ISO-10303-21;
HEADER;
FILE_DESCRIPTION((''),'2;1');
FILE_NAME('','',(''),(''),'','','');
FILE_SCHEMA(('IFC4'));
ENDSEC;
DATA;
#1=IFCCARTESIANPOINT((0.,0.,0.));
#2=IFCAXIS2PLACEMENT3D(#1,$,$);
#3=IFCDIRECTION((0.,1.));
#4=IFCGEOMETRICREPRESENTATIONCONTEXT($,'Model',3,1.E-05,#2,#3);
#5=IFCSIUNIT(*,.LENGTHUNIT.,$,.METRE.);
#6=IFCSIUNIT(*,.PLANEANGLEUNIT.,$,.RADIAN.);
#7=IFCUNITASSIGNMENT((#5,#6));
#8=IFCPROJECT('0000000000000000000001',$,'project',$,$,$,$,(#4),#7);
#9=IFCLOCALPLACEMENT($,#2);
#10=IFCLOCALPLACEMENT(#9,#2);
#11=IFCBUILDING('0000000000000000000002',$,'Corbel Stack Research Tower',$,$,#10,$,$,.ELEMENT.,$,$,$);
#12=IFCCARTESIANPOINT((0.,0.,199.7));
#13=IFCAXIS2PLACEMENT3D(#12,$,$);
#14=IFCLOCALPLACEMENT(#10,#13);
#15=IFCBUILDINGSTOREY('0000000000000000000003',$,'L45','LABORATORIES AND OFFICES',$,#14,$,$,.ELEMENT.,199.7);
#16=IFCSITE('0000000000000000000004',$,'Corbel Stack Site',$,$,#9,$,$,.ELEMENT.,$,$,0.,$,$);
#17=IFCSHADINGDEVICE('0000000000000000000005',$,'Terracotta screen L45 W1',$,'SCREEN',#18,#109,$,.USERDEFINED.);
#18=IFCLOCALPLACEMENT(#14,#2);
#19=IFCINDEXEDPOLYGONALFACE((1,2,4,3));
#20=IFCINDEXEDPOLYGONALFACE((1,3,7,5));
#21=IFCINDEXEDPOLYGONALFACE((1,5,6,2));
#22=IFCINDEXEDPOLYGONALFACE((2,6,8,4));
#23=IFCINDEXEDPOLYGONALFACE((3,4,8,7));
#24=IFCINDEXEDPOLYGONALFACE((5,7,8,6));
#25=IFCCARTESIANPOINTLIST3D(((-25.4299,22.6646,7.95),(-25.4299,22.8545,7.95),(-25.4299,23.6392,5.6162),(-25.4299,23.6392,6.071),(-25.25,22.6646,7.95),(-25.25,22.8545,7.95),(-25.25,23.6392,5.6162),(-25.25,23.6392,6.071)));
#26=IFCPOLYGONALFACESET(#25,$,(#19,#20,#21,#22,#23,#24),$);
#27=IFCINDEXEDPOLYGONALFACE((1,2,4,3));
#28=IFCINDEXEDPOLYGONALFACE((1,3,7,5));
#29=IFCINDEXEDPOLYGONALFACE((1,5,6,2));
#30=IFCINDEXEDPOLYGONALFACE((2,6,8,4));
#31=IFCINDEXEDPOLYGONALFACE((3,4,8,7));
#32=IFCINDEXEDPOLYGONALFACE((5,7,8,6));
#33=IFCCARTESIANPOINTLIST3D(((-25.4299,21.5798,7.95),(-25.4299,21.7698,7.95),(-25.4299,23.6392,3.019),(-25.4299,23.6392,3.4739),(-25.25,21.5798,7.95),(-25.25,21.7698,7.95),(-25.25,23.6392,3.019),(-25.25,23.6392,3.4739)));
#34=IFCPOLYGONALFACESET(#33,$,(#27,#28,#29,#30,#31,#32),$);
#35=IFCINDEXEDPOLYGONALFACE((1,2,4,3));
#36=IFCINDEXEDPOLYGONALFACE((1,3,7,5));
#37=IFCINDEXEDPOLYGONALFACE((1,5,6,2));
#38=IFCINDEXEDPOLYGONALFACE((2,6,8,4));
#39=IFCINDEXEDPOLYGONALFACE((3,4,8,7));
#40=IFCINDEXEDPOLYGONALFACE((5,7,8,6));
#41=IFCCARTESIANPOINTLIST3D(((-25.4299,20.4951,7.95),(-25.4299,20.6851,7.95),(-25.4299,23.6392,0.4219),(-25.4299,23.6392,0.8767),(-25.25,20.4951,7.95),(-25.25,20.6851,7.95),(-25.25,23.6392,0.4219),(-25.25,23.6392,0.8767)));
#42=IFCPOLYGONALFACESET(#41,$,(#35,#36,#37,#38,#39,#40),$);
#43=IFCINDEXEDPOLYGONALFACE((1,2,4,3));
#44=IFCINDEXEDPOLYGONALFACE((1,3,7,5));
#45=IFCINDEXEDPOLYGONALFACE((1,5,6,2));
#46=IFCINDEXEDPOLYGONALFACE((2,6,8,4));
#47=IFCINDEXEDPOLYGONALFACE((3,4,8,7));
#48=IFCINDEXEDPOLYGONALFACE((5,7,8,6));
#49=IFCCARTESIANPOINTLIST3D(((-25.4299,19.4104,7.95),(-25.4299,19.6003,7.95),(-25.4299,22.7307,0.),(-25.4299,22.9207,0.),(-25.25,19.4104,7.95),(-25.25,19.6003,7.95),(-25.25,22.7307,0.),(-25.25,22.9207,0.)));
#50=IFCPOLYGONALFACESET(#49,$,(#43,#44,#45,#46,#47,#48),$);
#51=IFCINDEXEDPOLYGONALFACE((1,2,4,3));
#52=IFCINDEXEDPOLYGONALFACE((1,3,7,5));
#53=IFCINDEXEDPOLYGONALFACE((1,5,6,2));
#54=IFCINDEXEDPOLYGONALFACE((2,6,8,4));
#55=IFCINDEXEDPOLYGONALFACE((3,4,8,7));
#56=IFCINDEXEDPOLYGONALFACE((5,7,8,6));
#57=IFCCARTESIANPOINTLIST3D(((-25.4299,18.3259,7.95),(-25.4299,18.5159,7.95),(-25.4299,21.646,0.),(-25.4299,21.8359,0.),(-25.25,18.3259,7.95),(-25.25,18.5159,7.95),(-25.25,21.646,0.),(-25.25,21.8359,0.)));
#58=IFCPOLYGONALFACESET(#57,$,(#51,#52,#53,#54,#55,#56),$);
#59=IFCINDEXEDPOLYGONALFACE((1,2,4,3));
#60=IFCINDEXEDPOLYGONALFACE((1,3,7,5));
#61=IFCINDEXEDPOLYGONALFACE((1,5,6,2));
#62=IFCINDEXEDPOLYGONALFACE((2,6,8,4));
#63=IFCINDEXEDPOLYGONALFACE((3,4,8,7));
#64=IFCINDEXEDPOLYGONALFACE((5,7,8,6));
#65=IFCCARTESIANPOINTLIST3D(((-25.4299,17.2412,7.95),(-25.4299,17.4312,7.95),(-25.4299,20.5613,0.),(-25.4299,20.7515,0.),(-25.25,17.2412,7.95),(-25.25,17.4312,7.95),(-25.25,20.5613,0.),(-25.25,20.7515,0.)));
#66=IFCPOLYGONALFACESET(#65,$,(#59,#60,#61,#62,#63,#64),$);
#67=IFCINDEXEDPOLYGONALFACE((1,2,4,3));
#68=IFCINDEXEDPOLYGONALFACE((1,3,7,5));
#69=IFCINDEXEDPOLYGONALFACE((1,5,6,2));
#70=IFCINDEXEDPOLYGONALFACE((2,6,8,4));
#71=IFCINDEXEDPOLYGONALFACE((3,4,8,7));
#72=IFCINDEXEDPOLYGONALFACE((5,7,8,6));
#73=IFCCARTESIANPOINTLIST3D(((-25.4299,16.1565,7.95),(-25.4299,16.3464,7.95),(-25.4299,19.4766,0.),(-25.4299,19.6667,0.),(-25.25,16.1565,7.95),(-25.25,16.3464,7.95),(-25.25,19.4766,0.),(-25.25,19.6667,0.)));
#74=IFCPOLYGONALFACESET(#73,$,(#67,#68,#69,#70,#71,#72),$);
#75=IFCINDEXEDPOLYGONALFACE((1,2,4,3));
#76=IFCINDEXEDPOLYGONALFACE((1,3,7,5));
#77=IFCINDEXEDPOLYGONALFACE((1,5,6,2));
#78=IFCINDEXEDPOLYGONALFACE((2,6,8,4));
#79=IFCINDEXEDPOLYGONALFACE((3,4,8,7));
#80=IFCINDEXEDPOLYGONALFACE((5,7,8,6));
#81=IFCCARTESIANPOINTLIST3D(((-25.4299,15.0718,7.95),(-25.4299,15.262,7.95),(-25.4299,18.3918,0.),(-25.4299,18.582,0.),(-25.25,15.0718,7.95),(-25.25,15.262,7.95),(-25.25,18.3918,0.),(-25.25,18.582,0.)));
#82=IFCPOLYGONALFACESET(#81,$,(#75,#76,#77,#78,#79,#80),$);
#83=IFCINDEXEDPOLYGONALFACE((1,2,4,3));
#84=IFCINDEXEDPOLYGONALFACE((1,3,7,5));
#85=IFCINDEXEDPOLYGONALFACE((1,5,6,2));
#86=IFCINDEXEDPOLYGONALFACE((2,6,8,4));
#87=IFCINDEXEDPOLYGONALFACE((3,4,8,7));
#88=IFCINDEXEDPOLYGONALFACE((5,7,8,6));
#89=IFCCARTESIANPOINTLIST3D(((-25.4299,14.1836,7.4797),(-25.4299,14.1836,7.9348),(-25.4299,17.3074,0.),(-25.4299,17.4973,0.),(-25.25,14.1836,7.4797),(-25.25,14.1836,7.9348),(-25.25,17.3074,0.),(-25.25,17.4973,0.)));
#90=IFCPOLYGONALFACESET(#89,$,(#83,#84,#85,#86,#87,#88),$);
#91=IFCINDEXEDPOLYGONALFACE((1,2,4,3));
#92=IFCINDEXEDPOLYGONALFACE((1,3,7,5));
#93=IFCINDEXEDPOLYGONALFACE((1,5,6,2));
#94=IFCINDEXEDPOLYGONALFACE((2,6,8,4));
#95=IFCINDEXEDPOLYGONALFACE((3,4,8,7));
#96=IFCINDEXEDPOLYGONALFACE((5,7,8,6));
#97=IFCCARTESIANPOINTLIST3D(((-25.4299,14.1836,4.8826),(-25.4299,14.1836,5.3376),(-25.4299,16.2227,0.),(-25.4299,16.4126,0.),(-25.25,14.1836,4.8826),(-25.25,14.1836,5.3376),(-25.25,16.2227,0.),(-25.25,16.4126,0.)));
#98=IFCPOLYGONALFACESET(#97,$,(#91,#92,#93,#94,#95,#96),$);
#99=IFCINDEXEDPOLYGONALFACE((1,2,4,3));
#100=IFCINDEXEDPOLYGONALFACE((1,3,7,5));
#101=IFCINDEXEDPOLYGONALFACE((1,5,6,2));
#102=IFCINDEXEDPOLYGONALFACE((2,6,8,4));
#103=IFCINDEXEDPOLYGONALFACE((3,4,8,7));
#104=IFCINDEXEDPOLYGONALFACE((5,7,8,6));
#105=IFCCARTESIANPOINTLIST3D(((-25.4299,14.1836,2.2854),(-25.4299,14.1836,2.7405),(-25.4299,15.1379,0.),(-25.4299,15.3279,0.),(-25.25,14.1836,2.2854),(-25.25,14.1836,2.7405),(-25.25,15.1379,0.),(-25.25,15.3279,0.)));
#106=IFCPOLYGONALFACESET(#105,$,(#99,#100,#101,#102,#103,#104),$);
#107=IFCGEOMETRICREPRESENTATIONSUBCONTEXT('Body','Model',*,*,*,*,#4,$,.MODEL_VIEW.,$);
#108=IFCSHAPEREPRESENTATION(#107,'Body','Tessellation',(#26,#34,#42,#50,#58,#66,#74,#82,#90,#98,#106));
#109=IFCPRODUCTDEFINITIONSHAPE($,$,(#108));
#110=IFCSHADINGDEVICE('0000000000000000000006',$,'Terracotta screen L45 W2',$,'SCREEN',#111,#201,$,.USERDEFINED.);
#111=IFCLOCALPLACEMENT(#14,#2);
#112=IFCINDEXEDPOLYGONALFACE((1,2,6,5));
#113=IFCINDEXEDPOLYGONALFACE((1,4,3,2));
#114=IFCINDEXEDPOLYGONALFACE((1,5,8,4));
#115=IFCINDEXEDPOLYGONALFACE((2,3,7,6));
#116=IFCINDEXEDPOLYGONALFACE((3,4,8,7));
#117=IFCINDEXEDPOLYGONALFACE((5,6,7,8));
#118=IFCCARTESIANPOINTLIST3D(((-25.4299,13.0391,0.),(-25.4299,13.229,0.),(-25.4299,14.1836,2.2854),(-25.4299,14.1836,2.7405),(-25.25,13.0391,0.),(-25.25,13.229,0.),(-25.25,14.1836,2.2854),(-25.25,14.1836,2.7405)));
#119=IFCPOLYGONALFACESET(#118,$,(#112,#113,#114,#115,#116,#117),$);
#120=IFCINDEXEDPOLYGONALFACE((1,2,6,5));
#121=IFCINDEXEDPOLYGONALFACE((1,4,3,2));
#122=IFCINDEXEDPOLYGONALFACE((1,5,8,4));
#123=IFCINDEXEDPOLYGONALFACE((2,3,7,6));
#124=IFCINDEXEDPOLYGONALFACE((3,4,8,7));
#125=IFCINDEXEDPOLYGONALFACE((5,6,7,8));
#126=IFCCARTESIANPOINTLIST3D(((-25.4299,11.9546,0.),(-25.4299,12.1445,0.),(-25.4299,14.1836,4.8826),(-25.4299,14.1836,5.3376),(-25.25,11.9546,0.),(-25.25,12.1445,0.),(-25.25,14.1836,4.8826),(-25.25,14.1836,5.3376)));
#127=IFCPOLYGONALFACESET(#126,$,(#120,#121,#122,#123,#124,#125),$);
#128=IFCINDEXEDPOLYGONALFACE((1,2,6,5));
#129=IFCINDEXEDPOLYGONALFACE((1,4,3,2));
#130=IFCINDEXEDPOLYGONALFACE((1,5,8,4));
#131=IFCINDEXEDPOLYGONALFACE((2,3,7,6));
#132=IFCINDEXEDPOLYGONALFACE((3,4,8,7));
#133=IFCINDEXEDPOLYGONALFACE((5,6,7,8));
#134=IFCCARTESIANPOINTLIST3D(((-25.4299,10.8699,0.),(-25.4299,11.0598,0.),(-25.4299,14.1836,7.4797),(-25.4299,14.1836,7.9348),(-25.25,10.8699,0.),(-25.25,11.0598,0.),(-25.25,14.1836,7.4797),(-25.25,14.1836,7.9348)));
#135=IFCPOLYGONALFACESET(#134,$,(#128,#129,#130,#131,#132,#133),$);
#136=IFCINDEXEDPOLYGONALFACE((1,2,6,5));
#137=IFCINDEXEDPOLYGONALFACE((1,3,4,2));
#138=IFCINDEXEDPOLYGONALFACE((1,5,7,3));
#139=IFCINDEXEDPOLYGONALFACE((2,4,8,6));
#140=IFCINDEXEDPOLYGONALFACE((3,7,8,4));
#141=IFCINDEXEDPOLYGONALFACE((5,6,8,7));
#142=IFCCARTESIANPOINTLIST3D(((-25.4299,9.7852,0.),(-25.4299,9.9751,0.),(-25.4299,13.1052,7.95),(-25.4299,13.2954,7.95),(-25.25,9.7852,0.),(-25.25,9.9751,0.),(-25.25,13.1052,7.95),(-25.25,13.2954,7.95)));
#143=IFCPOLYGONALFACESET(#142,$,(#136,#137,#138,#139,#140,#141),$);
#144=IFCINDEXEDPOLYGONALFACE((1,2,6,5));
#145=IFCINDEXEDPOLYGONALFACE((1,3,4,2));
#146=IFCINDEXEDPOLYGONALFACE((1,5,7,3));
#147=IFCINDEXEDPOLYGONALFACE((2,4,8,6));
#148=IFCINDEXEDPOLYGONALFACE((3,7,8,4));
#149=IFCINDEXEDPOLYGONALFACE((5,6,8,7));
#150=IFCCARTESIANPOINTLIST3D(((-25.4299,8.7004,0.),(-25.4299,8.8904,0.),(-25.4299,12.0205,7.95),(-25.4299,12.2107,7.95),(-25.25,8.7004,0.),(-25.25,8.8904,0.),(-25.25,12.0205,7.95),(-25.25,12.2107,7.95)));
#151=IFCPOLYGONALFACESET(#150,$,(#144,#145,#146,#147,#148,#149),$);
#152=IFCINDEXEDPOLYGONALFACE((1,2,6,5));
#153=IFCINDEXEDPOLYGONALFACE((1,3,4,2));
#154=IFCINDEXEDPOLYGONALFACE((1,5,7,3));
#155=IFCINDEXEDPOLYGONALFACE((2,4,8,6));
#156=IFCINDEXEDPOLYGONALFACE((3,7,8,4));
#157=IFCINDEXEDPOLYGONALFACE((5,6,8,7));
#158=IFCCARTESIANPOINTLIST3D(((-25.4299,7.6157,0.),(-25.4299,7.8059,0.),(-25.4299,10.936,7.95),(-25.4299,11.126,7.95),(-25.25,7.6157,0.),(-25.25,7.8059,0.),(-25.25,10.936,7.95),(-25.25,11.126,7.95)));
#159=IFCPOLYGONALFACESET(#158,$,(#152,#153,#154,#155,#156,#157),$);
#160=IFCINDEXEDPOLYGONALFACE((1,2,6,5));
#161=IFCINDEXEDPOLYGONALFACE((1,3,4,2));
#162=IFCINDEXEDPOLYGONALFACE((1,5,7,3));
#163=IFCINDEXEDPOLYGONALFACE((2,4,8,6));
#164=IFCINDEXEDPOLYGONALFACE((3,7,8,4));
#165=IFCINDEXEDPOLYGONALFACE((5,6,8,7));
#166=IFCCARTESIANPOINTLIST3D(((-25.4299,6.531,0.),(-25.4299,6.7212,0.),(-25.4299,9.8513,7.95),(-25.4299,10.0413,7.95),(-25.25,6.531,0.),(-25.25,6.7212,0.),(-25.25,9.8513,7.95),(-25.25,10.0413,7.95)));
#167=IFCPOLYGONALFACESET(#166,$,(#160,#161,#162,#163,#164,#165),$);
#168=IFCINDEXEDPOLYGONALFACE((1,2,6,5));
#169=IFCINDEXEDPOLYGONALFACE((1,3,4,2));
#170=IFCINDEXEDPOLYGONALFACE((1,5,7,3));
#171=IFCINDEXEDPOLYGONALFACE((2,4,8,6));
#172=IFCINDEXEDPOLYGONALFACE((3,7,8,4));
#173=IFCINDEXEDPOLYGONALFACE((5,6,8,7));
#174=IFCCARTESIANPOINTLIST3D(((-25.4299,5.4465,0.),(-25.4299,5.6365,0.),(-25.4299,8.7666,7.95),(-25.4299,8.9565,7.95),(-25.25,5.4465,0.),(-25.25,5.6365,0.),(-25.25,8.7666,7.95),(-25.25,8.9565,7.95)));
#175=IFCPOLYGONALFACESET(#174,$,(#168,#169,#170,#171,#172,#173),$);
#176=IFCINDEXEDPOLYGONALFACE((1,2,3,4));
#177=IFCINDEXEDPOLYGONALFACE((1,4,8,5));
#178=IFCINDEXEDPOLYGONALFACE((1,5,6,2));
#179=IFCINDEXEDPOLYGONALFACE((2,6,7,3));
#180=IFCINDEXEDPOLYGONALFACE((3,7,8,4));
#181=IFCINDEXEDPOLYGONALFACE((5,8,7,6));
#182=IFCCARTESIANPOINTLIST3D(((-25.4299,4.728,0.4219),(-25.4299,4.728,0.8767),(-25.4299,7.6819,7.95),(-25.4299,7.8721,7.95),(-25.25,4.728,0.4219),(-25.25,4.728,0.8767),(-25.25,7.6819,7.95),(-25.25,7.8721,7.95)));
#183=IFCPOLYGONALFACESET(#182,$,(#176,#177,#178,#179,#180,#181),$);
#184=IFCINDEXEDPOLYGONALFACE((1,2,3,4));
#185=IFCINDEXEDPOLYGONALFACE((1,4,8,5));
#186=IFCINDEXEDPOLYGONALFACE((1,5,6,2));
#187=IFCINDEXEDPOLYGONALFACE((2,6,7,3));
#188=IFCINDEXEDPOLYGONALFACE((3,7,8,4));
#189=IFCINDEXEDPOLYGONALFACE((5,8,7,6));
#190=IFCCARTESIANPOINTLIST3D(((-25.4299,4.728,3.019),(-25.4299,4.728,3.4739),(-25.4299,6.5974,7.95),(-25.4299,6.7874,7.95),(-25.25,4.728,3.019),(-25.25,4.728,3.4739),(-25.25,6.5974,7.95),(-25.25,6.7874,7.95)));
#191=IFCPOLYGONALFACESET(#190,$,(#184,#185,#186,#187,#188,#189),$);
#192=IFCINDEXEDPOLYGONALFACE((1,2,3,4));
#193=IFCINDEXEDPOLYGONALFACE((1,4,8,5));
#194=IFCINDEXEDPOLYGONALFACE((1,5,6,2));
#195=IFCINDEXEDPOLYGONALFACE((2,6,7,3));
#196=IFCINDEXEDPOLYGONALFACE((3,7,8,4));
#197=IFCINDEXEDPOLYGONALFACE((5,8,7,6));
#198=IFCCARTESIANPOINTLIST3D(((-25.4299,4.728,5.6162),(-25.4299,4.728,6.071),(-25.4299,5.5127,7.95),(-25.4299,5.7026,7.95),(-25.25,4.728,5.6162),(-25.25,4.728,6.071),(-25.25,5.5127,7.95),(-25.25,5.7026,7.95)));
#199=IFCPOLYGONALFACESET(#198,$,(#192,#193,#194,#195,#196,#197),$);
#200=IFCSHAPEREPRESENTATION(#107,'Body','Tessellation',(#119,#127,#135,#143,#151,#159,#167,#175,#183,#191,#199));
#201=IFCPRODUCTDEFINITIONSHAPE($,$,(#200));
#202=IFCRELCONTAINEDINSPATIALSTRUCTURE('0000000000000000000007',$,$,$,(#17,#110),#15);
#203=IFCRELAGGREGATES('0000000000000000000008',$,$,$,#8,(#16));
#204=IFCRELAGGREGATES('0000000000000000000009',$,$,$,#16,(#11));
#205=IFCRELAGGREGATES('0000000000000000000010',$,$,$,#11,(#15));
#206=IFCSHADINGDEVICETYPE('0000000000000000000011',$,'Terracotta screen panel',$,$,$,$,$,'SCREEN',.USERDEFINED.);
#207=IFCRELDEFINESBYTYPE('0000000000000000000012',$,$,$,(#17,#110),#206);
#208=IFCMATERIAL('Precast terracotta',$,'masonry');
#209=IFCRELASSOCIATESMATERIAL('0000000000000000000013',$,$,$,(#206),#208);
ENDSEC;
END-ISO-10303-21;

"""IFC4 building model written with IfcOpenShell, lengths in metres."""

from ifc_helpers import new_model, si_unit, direction, frame, origin, place, context, subcontext, project, spatial, polyline, outline, extrude, source, transform, mapped, material, type_object, element, save


model = new_model("IFC4")

# Units and contexts
model_context = context("Model", 3, precision=1e-05, world=origin(), true_north=direction((0.0, 1.0)))
body_context = subcontext(model_context, "Body", "Model", "MODEL_VIEW")
ifc_project = project(units=[si_unit("LENGTHUNIT", "METRE"), si_unit("PLANEANGLEUNIT", "RADIAN")], contexts=[model_context])

# Site, building, storey
site_placement = place(None, origin())
site = spatial("IfcSite", under=ifc_project, at=site_placement, Name="Corbel Stack Site", CompositionType="ELEMENT", RefElevation=0.0)
building_placement = place(site_placement, origin())
building = spatial("IfcBuilding", under=site, at=building_placement, Name="Corbel Stack Research Tower", CompositionType="ELEMENT")
storey_placement = place(building_placement, frame((0.0, 0.0, 199.7)))
storey = spatial("IfcBuildingStorey", under=building, at=storey_placement, Name="L45", Description="LABORATORIES AND OFFICES", CompositionType="ELEMENT", Elevation=199.7)

# Shading devices
ifc_material_1 = material(Name="Precast terracotta", Category="masonry")
shading_device_type = type_object("IfcShadingDeviceType", Name="Terracotta screen panel", ElementType="SCREEN", PredefinedType="USERDEFINED", material=ifc_material_1)
shared_shape_1 = source(origin(), body_context, "Body", "SweptSolid", [
    extrude(outline(polyline([(0.9746, 7.95), (0.7847, 7.95), (0.0, 6.071), (0.0, 5.6162), (0.9746, 7.95)])), frame((0.0, 0.0, 0.0), z_axis=(0.0, -1.0, 0.0), x_axis=(1.0, 0.0, 0.0)), (0.0, 0.0, 1.0), 0.1799),
    extrude(outline(polyline([(2.0593, 7.95), (1.8694, 7.95), (0.0, 3.4739), (0.0, 3.019), (2.0593, 7.95)])), frame((0.0, 0.0, 0.0), z_axis=(0.0, -1.0, 0.0), x_axis=(1.0, 0.0, 0.0)), (0.0, 0.0, 1.0), 0.1799),
    extrude(outline(polyline([(3.144, 7.95), (2.9541, 7.95), (0.0, 0.8767), (0.0, 0.4219), (3.144, 7.95)])), frame((0.0, 0.0, 0.0), z_axis=(0.0, -1.0, 0.0), x_axis=(1.0, 0.0, 0.0)), (0.0, 0.0, 1.0), 0.1799),
    extrude(outline(polyline([(0.9084, 0.0), (4.2288, 7.95), (4.0388, 7.95), (0.7185, 0.0), (0.9084, 0.0)])), frame((0.0, 0.0, 0.0), z_axis=(0.0, -1.0, 0.0), x_axis=(1.0, 0.0, 0.0)), (0.0, 0.0, 1.0), 0.1799),
    extrude(outline(polyline([(1.9932, 0.0), (5.3132, 7.95), (5.1233, 7.95), (1.8032, 0.0), (1.9932, 0.0)])), frame((0.0, 0.0, 0.0), z_axis=(0.0, -1.0, 0.0), x_axis=(1.0, 0.0, 0.0)), (0.0, 0.0, 1.0), 0.1799),
    extrude(outline(polyline([(3.0779, 0.0), (6.3979, 7.95), (6.208, 7.95), (2.8877, 0.0), (3.0779, 0.0)])), frame((0.0, 0.0, 0.0), z_axis=(0.0, -1.0, 0.0), x_axis=(1.0, 0.0, 0.0)), (0.0, 0.0, 1.0), 0.1799),
    extrude(outline(polyline([(4.1626, 0.0), (7.4827, 7.95), (7.2927, 7.95), (3.9724, 0.0), (4.1626, 0.0)])), frame((0.0, 0.0, 0.0), z_axis=(0.0, -1.0, 0.0), x_axis=(1.0, 0.0, 0.0)), (0.0, 0.0, 1.0), 0.1799),
    extrude(outline(polyline([(5.2473, 0.0), (8.5674, 7.95), (8.3772, 7.95), (5.0571, 0.0), (5.2473, 0.0)])), frame((0.0, 0.0, 0.0), z_axis=(0.0, -1.0, 0.0), x_axis=(1.0, 0.0, 0.0)), (0.0, 0.0, 1.0), 0.1799),
    extrude(outline(polyline([(6.3318, 0.0), (9.4556, 7.4797), (9.4556, 7.9348), (6.1418, 0.0), (6.3318, 0.0)])), frame((0.0, 0.0, 0.0), z_axis=(0.0, -1.0, 0.0), x_axis=(1.0, 0.0, 0.0)), (0.0, 0.0, 1.0), 0.1799),
    extrude(outline(polyline([(7.4165, 0.0), (9.4556, 4.8826), (9.4556, 5.3376), (7.2266, 0.0), (7.4165, 0.0)])), frame((0.0, 0.0, 0.0), z_axis=(0.0, -1.0, 0.0), x_axis=(1.0, 0.0, 0.0)), (0.0, 0.0, 1.0), 0.1799),
    extrude(outline(polyline([(8.5012, 0.0), (9.4556, 2.2854), (9.4556, 2.7405), (8.3113, 0.0), (8.5012, 0.0)])), frame((0.0, 0.0, 0.0), z_axis=(0.0, -1.0, 0.0), x_axis=(1.0, 0.0, 0.0)), (0.0, 0.0, 1.0), 0.1799),
])
shading_device_1_placement = place(storey_placement, frame((-25.25, 23.6392, 0.0), z_axis=(0.0, 0.0, 1.0), x_axis=(0.0, -1.0, 0.0)))
element("IfcShadingDevice", 1, at=shading_device_1_placement, inside=storey, type_object=shading_device_type, Name="Terracotta screen L45 W1", ObjectType="SCREEN", PredefinedType="USERDEFINED", context=body_context, shape_type="MappedRepresentation", body=[
    mapped(shared_shape_1, transform((0.0, 0.0, 0.0))),
])
shared_shape_2 = source(origin(), body_context, "Body", "SweptSolid", [
    extrude(outline(polyline([(1.1445, 0.0), (0.0, 2.7405), (0.0, 2.2854), (0.9546, 0.0), (1.1445, 0.0)])), frame((0.0, 0.0, 0.0), z_axis=(0.0, -1.0, 0.0), x_axis=(1.0, 0.0, 0.0)), (0.0, 0.0, 1.0), 0.1799),
    extrude(outline(polyline([(2.229, 0.0), (0.0, 5.3376), (0.0, 4.8826), (2.0391, 0.0), (2.229, 0.0)])), frame((0.0, 0.0, 0.0), z_axis=(0.0, -1.0, 0.0), x_axis=(1.0, 0.0, 0.0)), (0.0, 0.0, 1.0), 0.1799),
    extrude(outline(polyline([(3.3137, 0.0), (0.0, 7.9348), (0.0, 7.4797), (3.1238, 0.0), (3.3137, 0.0)])), frame((0.0, 0.0, 0.0), z_axis=(0.0, -1.0, 0.0), x_axis=(1.0, 0.0, 0.0)), (0.0, 0.0, 1.0), 0.1799),
    extrude(outline(polyline([(4.3984, 0.0), (1.0784, 7.95), (0.8882, 7.95), (4.2085, 0.0), (4.3984, 0.0)])), frame((0.0, 0.0, 0.0), z_axis=(0.0, -1.0, 0.0), x_axis=(1.0, 0.0, 0.0)), (0.0, 0.0, 1.0), 0.1799),
    extrude(outline(polyline([(5.4832, 0.0), (2.1631, 7.95), (1.9729, 7.95), (5.2932, 0.0), (5.4832, 0.0)])), frame((0.0, 0.0, 0.0), z_axis=(0.0, -1.0, 0.0), x_axis=(1.0, 0.0, 0.0)), (0.0, 0.0, 1.0), 0.1799),
    extrude(outline(polyline([(6.5679, 0.0), (3.2476, 7.95), (3.0576, 7.95), (6.3777, 0.0), (6.5679, 0.0)])), frame((0.0, 0.0, 0.0), z_axis=(0.0, -1.0, 0.0), x_axis=(1.0, 0.0, 0.0)), (0.0, 0.0, 1.0), 0.1799),
    extrude(outline(polyline([(7.6526, 0.0), (4.3323, 7.95), (4.1423, 7.95), (7.4624, 0.0), (7.6526, 0.0)])), frame((0.0, 0.0, 0.0), z_axis=(0.0, -1.0, 0.0), x_axis=(1.0, 0.0, 0.0)), (0.0, 0.0, 1.0), 0.1799),
    extrude(outline(polyline([(8.7371, 0.0), (5.417, 7.95), (5.2271, 7.95), (8.5471, 0.0), (8.7371, 0.0)])), frame((0.0, 0.0, 0.0), z_axis=(0.0, -1.0, 0.0), x_axis=(1.0, 0.0, 0.0)), (0.0, 0.0, 1.0), 0.1799),
    extrude(outline(polyline([(6.5017, 7.95), (6.3115, 7.95), (9.4556, 0.4219), (9.4556, 0.8767), (6.5017, 7.95)])), frame((0.0, 0.0, 0.0), z_axis=(0.0, -1.0, 0.0), x_axis=(1.0, 0.0, 0.0)), (0.0, 0.0, 1.0), 0.1799),
    extrude(outline(polyline([(7.5862, 7.95), (7.3962, 7.95), (9.4556, 3.019), (9.4556, 3.4739), (7.5862, 7.95)])), frame((0.0, 0.0, 0.0), z_axis=(0.0, -1.0, 0.0), x_axis=(1.0, 0.0, 0.0)), (0.0, 0.0, 1.0), 0.1799),
    extrude(outline(polyline([(8.6709, 7.95), (8.481, 7.95), (9.4556, 5.6162), (9.4556, 6.071), (8.6709, 7.95)])), frame((0.0, 0.0, 0.0), z_axis=(0.0, -1.0, 0.0), x_axis=(1.0, 0.0, 0.0)), (0.0, 0.0, 1.0), 0.1799),
])
shading_device_2_placement = place(storey_placement, frame((-25.25, 14.1836, 0.0), z_axis=(0.0, 0.0, 1.0), x_axis=(0.0, -1.0, 0.0)))
element("IfcShadingDevice", 2, at=shading_device_2_placement, inside=storey, type_object=shading_device_type, Name="Terracotta screen L45 W2", ObjectType="SCREEN", PredefinedType="USERDEFINED", context=body_context, shape_type="MappedRepresentation", body=[
    mapped(shared_shape_2, transform((0.0, 0.0, 0.0))),
])

save(model, "model.ifc")
